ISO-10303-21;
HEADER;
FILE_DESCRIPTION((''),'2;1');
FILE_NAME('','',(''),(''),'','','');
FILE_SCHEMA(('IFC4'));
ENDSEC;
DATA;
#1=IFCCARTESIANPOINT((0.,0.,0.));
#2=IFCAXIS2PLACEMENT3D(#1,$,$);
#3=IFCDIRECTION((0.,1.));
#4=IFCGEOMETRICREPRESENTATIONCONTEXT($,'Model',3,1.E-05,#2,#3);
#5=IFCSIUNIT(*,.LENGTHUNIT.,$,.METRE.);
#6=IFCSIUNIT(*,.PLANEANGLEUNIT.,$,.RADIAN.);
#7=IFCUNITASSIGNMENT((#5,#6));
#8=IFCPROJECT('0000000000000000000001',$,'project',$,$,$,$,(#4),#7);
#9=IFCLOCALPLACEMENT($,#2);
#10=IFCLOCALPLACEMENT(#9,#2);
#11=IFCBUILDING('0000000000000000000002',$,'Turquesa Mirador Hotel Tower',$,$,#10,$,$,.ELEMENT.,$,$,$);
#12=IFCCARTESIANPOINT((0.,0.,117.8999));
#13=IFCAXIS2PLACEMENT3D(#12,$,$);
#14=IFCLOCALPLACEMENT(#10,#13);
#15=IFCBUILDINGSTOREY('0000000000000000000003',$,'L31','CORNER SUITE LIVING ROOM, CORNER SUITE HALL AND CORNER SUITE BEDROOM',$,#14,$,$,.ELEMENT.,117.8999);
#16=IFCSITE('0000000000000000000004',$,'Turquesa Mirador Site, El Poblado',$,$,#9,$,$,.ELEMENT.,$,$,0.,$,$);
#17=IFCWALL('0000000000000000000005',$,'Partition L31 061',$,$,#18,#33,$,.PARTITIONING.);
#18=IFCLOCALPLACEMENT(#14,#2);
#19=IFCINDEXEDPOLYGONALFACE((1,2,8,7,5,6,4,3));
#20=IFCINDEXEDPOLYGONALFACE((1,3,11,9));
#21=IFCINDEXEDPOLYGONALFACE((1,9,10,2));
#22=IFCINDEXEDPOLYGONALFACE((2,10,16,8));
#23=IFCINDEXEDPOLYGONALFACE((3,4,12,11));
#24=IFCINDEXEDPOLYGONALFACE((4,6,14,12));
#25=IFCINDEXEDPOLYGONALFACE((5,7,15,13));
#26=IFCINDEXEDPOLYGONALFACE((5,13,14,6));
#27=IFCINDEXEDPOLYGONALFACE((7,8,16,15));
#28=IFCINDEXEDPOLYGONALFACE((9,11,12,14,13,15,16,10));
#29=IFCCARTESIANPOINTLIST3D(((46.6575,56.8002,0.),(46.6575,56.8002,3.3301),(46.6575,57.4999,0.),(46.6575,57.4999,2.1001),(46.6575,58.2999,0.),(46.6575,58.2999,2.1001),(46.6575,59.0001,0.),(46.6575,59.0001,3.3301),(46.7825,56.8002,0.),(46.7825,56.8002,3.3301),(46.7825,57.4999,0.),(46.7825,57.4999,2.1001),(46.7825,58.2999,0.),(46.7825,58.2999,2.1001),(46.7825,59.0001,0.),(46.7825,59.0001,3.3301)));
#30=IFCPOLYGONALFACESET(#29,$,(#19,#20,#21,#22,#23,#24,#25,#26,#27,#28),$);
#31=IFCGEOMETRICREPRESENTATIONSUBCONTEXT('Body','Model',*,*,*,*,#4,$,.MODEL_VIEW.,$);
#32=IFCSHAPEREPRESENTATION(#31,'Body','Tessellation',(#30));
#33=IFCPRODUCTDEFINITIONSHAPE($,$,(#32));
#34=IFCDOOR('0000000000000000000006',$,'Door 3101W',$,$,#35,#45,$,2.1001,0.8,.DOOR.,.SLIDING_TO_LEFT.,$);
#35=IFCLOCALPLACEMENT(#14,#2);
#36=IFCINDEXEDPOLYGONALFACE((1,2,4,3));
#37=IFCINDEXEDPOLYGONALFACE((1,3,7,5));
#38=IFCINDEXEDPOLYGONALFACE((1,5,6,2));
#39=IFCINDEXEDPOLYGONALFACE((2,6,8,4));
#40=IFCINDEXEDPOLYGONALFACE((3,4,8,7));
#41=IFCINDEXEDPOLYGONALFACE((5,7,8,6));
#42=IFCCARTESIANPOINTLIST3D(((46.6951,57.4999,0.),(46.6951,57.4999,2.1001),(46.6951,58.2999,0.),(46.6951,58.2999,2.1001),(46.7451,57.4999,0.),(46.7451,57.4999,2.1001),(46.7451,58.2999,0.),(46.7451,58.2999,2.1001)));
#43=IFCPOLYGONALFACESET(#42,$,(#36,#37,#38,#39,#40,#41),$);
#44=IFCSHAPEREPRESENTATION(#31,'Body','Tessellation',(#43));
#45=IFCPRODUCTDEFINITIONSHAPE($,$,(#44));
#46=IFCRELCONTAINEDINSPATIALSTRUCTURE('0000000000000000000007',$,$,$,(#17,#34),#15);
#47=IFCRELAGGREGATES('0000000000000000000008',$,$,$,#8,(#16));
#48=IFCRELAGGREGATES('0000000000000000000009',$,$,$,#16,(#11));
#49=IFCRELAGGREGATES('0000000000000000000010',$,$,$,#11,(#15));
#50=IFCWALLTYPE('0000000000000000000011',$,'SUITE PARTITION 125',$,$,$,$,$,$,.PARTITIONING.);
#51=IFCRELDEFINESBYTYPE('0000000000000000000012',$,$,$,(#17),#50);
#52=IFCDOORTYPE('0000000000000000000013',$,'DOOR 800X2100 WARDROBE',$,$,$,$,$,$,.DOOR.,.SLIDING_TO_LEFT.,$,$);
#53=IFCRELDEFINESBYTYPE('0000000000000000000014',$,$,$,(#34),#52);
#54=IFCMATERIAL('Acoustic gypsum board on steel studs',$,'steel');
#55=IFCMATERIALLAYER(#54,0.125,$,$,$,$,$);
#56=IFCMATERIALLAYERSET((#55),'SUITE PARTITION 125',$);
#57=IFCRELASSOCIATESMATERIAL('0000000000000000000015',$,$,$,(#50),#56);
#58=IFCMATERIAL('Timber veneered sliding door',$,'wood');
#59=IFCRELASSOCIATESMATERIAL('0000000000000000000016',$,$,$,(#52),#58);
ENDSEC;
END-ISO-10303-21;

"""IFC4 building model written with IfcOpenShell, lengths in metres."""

from ifc_helpers import new_model, si_unit, direction, frame, frame_2d, origin, place, context, subcontext, project, spatial, rectangle, extrude, material, layer, layer_set, type_object, element, fill, save


model = new_model("IFC4")

# Units and contexts
model_context = context("Model", 3, precision=1e-05, world=origin(), true_north=direction((0.0, 1.0)))
body_context = subcontext(model_context, "Body", "Model", "MODEL_VIEW")
ifc_project = project(units=[si_unit("LENGTHUNIT", "METRE"), si_unit("PLANEANGLEUNIT", "RADIAN")], contexts=[model_context])

# Site, building, storey
site_placement = place(None, origin())
site = spatial("IfcSite", under=ifc_project, at=site_placement, Name="Turquesa Mirador Site, El Poblado", CompositionType="ELEMENT", RefElevation=0.0)
building_placement = place(site_placement, origin())
building = spatial("IfcBuilding", under=site, at=building_placement, Name="Turquesa Mirador Hotel Tower", CompositionType="ELEMENT")
storey_placement = place(building_placement, frame((0.0, 0.0, 117.8999)))
storey = spatial("IfcBuildingStorey", under=building, at=storey_placement, Name="L31", Description="CORNER SUITE LIVING ROOM, CORNER SUITE HALL AND CORNER SUITE BEDROOM", CompositionType="ELEMENT", Elevation=117.8999)

# Shared definitions
ifc_material_1 = material(Name="Acoustic gypsum board on steel studs", Category="steel")
ifc_layer_1 = layer(ifc_material_1, 0.125)
ifc_layer_set_1 = layer_set([ifc_layer_1], Name="SUITE PARTITION 125")
wall_type_1 = type_object("IfcWallType", Name="SUITE PARTITION 125", PredefinedType="PARTITIONING", material=ifc_layer_set_1)

# Wall, opening, door
wall_1_placement = place(storey_placement, frame((46.72, 56.8, 0.0), z_axis=(0.0, 0.0, 1.0), x_axis=(0.0, 1.0, 0.0)))
wall_1 = element("IfcWall", 1, at=wall_1_placement, inside=storey, type_object=wall_type_1, Name="Partition L31 061", PredefinedType="PARTITIONING", context=body_context, shape_type="SweptSolid", body=[
    extrude(rectangle(XDim=2.2, YDim=0.125, at=frame_2d((1.1001, 0.0))), origin(), (0.0, 0.0, 1.0), 3.3301),
])
opening_1_placement = place(wall_1_placement, frame((0.7, 0.0, 0.0)))
opening_1 = element("IfcOpeningElement", 2, at=opening_1_placement, cuts=wall_1, PredefinedType="OPENING", context=body_context, shape_type="SweptSolid", body=[
    extrude(rectangle(XDim=0.8, YDim=2.1001, at=frame_2d((0.3999, 1.05))), frame((0.0, 0.0725, 0.0), z_axis=(0.0, -1.0, 0.0), x_axis=(1.0, 0.0, 0.0)), (0.0, 0.0, 1.0), 0.145),
])
ifc_material_2 = material(Name="Timber veneered sliding door", Category="wood")
door_type_1 = type_object("IfcDoorType", Name="DOOR 800X2100 WARDROBE", OperationType="SLIDING_TO_LEFT", PredefinedType="DOOR", material=ifc_material_2)
door_1_placement = place(opening_1_placement, origin())
door_1 = element("IfcDoor", 3, at=door_1_placement, inside=storey, type_object=door_type_1, Name="Door 3101W", OperationType="SLIDING_TO_LEFT", OverallHeight=2.1001, OverallWidth=0.8, PredefinedType="DOOR", context=body_context, shape_type="SweptSolid", body=[
    extrude(rectangle(XDim=0.8, YDim=2.1001, at=frame_2d((0.3999, 1.05))), frame((0.0, 0.0249, 0.0), z_axis=(0.0, -1.0, 0.0), x_axis=(1.0, 0.0, 0.0)), (0.0, 0.0, 1.0), 0.05),
])
fill(opening_1, door_1)

save(model, "model.ifc")
